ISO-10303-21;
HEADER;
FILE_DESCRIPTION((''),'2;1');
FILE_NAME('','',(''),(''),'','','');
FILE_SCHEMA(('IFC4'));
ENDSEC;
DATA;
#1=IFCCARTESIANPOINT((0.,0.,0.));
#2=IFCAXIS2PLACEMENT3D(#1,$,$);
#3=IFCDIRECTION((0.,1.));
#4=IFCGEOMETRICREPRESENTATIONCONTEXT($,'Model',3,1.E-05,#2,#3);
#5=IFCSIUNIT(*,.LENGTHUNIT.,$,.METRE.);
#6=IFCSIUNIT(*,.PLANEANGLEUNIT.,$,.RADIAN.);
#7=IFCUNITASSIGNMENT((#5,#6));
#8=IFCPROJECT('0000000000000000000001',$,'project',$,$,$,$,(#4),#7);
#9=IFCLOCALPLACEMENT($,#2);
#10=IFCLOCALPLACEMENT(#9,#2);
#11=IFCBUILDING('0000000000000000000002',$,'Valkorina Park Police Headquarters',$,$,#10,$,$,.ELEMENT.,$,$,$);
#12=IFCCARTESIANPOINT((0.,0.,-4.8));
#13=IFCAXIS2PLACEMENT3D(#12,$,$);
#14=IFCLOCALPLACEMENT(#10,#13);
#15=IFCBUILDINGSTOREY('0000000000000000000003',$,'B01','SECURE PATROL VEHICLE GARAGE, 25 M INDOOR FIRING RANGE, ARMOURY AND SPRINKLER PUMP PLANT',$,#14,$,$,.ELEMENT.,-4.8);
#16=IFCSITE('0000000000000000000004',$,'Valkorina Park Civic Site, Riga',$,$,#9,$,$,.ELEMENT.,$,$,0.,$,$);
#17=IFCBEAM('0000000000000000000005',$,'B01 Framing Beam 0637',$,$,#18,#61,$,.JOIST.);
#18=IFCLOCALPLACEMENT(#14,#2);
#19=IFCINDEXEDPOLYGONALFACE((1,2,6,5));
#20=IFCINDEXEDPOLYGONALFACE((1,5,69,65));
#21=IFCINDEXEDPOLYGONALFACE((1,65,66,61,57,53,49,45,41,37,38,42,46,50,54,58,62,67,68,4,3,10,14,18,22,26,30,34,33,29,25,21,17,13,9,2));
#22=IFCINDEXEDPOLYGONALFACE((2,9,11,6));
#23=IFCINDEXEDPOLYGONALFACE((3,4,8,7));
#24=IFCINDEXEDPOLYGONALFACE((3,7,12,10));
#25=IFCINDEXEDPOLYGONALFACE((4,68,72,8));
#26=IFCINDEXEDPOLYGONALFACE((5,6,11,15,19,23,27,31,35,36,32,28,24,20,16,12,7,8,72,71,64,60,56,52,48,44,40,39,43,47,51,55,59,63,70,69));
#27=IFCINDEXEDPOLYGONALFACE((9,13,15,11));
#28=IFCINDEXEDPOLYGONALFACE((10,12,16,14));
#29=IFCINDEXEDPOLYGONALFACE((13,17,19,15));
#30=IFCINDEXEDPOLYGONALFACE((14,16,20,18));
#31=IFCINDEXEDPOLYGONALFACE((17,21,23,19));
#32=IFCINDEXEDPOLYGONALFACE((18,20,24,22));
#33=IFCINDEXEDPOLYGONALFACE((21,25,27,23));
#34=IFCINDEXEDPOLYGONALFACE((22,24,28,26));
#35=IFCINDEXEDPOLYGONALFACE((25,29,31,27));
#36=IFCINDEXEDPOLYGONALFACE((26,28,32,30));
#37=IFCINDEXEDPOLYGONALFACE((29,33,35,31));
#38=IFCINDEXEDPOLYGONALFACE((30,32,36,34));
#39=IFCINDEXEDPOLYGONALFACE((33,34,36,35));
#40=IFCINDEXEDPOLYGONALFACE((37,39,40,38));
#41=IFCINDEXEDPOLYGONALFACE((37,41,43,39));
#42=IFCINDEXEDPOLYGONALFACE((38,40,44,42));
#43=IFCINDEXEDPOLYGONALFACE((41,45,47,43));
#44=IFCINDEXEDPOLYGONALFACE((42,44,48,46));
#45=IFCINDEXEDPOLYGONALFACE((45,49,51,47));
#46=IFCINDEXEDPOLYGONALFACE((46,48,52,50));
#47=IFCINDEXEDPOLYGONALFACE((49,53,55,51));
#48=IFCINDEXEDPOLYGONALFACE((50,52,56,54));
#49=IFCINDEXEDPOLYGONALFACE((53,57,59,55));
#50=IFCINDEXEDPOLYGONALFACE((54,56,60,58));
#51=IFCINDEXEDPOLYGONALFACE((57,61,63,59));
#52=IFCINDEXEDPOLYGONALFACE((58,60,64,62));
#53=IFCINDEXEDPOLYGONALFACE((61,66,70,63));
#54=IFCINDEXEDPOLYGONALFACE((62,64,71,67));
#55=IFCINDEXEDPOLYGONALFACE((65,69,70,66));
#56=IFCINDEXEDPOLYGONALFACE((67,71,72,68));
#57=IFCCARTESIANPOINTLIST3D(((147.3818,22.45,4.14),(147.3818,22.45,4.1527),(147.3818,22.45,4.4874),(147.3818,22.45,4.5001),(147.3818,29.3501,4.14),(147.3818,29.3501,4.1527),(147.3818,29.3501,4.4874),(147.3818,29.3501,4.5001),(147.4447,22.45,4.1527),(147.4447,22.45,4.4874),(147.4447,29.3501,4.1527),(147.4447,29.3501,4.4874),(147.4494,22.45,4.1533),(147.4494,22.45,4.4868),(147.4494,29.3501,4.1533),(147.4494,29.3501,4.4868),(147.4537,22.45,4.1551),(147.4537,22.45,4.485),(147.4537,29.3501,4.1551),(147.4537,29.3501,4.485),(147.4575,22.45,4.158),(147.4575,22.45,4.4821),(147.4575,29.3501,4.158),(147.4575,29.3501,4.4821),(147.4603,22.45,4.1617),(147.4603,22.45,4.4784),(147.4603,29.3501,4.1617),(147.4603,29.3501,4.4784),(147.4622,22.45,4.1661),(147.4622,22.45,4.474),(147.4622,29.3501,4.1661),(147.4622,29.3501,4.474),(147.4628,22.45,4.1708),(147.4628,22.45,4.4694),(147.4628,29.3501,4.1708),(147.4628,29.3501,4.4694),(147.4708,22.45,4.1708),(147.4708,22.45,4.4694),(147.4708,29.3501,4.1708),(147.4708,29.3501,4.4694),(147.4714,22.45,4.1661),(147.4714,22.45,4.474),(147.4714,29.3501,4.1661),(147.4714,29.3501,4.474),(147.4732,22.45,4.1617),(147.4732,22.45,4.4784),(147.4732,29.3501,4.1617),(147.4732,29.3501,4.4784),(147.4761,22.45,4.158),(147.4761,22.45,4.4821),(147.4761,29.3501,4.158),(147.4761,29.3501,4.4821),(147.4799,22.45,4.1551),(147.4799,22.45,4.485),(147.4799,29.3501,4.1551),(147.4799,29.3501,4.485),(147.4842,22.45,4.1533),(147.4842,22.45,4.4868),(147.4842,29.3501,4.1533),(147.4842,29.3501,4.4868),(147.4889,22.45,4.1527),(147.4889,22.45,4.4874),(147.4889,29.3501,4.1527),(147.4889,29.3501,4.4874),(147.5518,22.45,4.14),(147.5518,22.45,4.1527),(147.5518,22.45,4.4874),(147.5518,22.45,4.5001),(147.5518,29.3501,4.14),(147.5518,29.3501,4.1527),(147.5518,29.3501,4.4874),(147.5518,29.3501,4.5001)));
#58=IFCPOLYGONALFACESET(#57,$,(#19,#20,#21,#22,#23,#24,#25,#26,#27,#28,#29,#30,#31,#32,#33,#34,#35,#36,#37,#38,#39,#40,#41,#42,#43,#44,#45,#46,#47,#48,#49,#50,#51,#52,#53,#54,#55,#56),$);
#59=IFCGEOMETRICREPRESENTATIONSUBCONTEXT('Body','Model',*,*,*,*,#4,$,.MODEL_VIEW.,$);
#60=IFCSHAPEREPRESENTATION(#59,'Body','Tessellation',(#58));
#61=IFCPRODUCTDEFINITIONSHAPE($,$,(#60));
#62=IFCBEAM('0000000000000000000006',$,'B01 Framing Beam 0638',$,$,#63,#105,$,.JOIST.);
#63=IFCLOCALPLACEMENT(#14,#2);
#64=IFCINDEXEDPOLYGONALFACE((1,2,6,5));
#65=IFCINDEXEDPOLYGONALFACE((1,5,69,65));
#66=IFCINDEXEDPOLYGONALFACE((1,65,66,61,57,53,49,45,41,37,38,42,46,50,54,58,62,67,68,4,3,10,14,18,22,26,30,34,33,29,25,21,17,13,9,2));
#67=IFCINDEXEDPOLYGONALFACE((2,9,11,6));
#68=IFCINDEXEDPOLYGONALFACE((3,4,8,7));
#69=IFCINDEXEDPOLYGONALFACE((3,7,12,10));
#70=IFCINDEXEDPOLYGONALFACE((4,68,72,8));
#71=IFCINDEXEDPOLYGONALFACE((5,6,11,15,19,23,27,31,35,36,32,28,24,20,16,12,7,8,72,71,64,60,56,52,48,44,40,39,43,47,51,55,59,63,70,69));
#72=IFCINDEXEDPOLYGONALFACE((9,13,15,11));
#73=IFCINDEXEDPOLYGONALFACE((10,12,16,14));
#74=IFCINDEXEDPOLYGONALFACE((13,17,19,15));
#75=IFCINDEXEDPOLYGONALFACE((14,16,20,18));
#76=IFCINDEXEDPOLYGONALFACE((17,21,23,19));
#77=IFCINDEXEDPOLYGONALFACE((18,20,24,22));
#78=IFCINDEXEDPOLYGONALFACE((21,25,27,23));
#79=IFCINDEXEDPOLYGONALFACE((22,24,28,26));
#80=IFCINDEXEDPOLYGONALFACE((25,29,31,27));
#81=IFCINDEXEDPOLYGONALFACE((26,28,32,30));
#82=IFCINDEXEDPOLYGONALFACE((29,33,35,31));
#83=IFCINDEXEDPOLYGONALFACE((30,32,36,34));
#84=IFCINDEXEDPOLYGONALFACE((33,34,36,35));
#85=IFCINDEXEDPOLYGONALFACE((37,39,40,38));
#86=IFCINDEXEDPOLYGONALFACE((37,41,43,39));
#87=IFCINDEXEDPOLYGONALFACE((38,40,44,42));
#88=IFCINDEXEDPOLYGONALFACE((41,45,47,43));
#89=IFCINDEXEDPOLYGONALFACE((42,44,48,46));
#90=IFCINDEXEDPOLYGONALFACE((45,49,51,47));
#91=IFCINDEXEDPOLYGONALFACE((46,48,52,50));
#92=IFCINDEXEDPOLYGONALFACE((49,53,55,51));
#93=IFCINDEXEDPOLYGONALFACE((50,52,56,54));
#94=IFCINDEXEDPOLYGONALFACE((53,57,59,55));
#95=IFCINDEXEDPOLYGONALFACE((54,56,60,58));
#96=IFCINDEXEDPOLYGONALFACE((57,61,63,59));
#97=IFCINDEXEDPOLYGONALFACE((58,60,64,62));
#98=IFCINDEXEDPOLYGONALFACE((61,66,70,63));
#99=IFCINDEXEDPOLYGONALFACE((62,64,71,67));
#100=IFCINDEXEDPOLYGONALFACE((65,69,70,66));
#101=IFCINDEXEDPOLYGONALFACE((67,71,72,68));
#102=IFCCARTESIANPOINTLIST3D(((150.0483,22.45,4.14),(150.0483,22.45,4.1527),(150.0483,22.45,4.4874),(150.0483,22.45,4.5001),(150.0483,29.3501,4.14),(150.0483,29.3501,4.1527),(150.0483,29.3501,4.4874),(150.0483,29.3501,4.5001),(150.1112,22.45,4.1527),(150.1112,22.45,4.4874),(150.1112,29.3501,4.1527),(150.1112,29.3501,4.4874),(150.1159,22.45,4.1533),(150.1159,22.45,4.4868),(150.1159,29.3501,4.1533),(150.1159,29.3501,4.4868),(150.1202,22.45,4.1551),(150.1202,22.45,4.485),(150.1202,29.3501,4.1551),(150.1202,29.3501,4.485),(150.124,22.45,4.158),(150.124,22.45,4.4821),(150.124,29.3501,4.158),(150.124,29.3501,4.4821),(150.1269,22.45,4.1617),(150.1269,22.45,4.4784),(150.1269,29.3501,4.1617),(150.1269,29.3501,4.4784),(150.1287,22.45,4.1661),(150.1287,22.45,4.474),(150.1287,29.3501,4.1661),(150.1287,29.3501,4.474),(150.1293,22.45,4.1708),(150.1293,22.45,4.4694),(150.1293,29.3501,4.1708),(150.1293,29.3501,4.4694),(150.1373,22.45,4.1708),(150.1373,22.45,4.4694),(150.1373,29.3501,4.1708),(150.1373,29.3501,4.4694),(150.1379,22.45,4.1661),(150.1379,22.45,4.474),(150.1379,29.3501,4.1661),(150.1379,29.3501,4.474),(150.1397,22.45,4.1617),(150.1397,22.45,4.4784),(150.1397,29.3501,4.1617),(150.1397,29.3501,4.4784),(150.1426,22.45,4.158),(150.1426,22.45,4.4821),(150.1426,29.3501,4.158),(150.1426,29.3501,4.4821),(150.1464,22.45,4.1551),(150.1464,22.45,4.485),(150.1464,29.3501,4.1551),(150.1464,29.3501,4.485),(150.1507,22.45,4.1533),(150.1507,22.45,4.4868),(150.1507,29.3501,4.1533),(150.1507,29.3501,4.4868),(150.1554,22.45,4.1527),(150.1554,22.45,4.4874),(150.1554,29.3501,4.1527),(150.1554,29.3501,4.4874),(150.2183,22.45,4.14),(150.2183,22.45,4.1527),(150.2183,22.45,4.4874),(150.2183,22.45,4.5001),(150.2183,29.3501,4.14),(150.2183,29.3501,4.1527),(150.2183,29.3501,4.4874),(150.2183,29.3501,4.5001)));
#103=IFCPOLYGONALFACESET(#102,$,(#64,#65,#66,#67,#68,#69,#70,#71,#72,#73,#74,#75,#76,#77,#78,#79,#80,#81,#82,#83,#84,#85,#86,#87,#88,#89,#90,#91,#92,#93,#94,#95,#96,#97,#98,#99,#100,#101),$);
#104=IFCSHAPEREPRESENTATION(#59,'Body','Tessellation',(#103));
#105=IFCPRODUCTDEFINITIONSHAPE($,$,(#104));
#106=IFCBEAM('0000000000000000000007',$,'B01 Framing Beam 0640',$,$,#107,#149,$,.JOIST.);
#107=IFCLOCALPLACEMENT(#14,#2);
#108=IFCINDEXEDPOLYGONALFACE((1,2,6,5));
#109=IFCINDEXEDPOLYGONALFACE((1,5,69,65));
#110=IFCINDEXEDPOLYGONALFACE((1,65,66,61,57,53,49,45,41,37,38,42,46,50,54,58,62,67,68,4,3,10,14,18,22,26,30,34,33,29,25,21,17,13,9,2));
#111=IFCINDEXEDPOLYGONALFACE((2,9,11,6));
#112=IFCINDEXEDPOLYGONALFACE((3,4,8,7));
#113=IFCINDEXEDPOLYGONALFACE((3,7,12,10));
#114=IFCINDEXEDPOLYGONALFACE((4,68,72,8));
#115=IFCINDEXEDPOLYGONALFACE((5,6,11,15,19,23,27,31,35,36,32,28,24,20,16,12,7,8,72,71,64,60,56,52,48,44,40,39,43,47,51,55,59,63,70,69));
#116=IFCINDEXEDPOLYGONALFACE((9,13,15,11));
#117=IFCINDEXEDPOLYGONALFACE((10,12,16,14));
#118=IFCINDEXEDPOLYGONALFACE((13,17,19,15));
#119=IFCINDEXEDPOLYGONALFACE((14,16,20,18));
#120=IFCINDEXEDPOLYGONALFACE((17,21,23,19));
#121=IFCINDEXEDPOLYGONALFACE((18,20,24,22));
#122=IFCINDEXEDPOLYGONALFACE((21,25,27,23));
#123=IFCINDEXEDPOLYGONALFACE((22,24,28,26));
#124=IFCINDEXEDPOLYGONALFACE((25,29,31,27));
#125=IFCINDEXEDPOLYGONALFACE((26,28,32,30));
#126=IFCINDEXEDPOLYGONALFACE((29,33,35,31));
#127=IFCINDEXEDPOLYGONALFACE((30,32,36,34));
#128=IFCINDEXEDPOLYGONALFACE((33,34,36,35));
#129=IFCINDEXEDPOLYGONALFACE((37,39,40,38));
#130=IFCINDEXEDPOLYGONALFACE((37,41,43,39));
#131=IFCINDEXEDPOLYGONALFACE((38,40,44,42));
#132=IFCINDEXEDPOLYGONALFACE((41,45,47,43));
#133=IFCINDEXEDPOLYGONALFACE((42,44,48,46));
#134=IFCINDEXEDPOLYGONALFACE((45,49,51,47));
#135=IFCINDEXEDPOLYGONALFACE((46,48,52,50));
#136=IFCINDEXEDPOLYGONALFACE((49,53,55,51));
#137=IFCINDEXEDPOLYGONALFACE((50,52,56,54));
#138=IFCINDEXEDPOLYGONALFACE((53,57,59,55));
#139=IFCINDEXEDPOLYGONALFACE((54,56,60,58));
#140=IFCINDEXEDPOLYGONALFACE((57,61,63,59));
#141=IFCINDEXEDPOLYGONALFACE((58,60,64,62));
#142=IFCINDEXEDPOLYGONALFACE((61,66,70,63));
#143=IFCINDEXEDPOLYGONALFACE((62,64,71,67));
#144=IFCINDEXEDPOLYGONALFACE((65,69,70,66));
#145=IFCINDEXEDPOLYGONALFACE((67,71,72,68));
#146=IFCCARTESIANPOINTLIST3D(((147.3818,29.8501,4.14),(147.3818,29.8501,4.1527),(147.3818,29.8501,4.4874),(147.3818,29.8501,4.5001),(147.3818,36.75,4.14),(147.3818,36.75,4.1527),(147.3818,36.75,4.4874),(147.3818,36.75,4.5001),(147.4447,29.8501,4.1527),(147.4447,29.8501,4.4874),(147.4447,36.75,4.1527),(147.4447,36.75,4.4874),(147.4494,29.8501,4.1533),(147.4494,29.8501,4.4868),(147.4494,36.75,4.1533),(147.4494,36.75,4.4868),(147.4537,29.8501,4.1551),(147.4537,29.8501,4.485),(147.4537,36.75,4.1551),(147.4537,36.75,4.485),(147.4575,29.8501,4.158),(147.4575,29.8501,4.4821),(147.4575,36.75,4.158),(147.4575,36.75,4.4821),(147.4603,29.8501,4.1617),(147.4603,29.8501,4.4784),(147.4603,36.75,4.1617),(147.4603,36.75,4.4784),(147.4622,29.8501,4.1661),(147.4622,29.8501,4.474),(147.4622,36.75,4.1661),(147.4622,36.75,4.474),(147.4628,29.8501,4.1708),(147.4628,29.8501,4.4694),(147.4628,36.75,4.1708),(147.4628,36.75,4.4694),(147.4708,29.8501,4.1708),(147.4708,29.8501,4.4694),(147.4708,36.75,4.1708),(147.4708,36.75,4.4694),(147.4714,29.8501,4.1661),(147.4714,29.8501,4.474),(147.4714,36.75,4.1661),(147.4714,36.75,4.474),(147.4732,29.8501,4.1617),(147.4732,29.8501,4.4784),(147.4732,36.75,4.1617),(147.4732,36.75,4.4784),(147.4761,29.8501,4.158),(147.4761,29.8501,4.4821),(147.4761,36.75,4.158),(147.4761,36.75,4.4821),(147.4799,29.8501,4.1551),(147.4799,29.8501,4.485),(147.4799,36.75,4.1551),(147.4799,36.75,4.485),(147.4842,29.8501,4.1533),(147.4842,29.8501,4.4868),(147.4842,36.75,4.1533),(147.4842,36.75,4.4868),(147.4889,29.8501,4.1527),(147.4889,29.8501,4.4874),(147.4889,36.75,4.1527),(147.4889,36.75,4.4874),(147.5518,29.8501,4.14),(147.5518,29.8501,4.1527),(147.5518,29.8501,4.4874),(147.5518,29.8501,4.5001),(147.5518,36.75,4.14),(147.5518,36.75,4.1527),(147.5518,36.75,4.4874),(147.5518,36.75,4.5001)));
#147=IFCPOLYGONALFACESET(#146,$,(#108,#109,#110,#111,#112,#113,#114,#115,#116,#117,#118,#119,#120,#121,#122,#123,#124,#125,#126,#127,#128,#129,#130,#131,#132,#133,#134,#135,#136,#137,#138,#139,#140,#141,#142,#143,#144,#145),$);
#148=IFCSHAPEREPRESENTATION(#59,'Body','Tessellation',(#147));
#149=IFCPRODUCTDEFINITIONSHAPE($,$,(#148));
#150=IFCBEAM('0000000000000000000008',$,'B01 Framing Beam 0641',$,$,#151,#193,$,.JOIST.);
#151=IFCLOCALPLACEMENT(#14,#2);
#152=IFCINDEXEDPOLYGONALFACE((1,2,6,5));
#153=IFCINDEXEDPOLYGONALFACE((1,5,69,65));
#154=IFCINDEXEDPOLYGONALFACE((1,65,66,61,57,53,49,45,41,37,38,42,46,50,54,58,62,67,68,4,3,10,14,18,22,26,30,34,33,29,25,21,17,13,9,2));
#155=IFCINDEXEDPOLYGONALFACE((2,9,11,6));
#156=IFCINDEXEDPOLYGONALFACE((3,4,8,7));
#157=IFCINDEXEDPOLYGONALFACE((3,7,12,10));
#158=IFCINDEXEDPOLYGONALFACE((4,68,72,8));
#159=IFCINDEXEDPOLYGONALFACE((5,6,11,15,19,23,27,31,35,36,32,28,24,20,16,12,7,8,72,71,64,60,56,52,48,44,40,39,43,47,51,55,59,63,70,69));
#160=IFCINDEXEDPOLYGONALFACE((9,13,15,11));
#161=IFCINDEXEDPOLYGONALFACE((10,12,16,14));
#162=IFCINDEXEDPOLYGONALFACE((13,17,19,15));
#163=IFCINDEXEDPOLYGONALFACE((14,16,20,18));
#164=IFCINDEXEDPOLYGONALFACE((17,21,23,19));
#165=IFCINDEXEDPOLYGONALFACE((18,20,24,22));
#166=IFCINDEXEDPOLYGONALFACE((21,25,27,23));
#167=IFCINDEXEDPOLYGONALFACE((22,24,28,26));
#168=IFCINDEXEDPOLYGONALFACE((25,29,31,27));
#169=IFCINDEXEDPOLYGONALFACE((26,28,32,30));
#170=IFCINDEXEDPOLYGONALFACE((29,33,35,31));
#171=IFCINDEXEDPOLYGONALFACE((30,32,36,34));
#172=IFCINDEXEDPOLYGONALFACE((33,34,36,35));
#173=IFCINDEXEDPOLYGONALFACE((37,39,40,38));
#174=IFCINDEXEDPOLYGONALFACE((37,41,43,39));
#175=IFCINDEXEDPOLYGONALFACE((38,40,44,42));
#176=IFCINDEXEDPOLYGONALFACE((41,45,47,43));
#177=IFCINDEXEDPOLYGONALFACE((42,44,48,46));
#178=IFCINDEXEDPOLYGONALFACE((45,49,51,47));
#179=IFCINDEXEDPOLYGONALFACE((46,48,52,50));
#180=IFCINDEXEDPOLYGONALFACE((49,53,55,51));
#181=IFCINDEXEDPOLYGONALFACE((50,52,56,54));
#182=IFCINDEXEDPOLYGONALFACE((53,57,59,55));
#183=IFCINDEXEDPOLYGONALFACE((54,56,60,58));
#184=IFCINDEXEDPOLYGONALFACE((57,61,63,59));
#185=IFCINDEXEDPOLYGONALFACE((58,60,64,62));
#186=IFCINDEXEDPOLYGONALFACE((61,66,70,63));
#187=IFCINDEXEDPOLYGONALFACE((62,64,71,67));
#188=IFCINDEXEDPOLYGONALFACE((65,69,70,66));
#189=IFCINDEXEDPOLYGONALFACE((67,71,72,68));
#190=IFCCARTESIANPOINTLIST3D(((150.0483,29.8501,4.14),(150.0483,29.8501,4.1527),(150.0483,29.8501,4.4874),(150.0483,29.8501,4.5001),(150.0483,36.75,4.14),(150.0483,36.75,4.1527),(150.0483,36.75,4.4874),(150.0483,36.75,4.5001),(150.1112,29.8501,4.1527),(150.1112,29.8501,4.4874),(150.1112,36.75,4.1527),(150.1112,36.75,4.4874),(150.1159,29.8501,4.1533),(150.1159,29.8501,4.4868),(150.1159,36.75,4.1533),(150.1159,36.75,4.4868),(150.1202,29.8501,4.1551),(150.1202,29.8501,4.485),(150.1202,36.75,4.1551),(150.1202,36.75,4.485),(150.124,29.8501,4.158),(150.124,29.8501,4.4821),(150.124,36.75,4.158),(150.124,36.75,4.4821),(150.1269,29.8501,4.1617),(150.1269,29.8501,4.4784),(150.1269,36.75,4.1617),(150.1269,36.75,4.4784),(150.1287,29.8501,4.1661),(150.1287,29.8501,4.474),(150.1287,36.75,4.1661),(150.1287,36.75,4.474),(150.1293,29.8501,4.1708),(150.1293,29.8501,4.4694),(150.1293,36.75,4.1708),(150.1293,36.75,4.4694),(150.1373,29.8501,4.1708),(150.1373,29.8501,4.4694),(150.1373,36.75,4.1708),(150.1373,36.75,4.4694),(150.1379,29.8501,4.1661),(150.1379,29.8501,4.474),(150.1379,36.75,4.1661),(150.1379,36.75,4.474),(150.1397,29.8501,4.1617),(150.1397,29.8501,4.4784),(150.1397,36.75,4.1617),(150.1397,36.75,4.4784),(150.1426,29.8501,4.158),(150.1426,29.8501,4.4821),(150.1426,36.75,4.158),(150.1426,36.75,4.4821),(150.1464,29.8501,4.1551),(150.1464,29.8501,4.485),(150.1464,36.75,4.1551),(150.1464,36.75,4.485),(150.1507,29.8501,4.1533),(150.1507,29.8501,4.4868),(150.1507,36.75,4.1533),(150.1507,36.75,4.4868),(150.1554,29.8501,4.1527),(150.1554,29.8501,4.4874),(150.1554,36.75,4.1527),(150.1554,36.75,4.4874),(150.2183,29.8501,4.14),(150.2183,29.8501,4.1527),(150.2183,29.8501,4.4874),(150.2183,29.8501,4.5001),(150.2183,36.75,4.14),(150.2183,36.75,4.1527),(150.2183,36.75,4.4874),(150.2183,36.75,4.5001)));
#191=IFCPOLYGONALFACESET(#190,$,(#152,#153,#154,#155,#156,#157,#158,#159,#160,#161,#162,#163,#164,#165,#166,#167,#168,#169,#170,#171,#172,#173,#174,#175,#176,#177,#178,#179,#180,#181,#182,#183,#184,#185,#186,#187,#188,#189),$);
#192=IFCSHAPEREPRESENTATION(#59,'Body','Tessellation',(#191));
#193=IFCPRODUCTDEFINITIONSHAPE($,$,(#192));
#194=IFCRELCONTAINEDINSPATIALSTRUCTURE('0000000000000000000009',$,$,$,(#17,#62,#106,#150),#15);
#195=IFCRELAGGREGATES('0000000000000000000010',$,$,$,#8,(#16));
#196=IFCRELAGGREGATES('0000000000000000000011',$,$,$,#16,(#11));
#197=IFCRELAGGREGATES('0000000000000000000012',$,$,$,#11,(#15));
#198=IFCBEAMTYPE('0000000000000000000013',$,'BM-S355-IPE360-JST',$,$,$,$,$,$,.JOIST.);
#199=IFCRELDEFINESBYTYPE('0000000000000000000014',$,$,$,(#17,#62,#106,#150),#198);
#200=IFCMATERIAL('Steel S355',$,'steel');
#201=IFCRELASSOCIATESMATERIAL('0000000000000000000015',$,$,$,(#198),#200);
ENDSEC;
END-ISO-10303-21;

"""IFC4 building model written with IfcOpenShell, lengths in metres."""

from ifc_helpers import new_model, si_unit, direction, frame, origin, origin_2d, place, context, subcontext, project, spatial, i_section, extrude, material, material_profile, profile_set, type_object, element, save


model = new_model("IFC4")

# Units and contexts
model_context = context("Model", 3, precision=1e-05, world=origin(), true_north=direction((0.0, 1.0)))
body_context = subcontext(model_context, "Body", "Model", "MODEL_VIEW")
ifc_project = project(units=[si_unit("LENGTHUNIT", "METRE"), si_unit("PLANEANGLEUNIT", "RADIAN")], contexts=[model_context])

# Site, building, storey
site_placement = place(None, origin())
site = spatial("IfcSite", under=ifc_project, at=site_placement, Name="Valkorina Park Civic Site, Riga", CompositionType="ELEMENT", RefElevation=0.0)
building_placement = place(site_placement, origin())
building = spatial("IfcBuilding", under=site, at=building_placement, Name="Valkorina Park Police Headquarters", CompositionType="ELEMENT")
storey_placement = place(building_placement, frame((0.0, 0.0, -4.8)))
storey = spatial("IfcBuildingStorey", under=building, at=storey_placement, Name="B01", Description="SECURE PATROL VEHICLE GARAGE, 25 M INDOOR FIRING RANGE, ARMOURY AND SPRINKLER PUMP PLANT", CompositionType="ELEMENT", Elevation=-4.8)

# Beams
ifc_material_1 = material(Name="Steel S355", Category="steel")
ifc_material_profile_1 = material_profile(ifc_material_1, i_section(OverallWidth=0.1699, OverallDepth=0.3601, WebThickness=0.0081, FlangeThickness=0.0127, FilletRadius=0.0181, at=origin_2d()), Name="IPE 360")
ifc_profile_set_1 = profile_set([ifc_material_profile_1], Name="Steel S355")
beam_type_1 = type_object("IfcBeamType", Name="BM-S355-IPE360-JST", PredefinedType="JOIST", material=ifc_profile_set_1)
for number, where, z_axis, x_axis, name in (
    (1, (147.4668, 22.45, 4.3201), (0.0, 1.0, 0.0), (-1.0, 0.0, 0.0), "B01 Framing Beam 0637"),
    (2, (150.1333, 22.45, 4.3201), (0.0, 1.0, 0.0), (-1.0, 0.0, 0.0), "B01 Framing Beam 0638"),
):
    element("IfcBeam", number, at=place(storey_placement, frame(where, z_axis=z_axis, x_axis=x_axis)), inside=storey, type_object=beam_type_1, Name=name, PredefinedType="JOIST", context=body_context, shape_type="SweptSolid", body=[
        extrude(i_section(OverallWidth=0.1699, OverallDepth=0.3601, WebThickness=0.0081, FlangeThickness=0.0127, FilletRadius=0.0181, at=origin_2d()), origin(), (0.0, 0.0, 1.0), 6.9001),
    ])
for number, where, z_axis, x_axis, name in (
    (3, (147.4668, 29.8501, 4.3201), (0.0, 1.0, 0.0), (-1.0, 0.0, 0.0), "B01 Framing Beam 0640"),
    (4, (150.1333, 29.8501, 4.3201), (0.0, 1.0, 0.0), (-1.0, 0.0, 0.0), "B01 Framing Beam 0641"),
):
    element("IfcBeam", number, at=place(storey_placement, frame(where, z_axis=z_axis, x_axis=x_axis)), inside=storey, type_object=beam_type_1, Name=name, PredefinedType="JOIST", context=body_context, shape_type="SweptSolid", body=[
        extrude(i_section(OverallWidth=0.1699, OverallDepth=0.3601, WebThickness=0.0081, FlangeThickness=0.0127, FilletRadius=0.0181, at=origin_2d()), origin(), (0.0, 0.0, 1.0), 6.8999),
    ])

save(model, "model.ifc")
